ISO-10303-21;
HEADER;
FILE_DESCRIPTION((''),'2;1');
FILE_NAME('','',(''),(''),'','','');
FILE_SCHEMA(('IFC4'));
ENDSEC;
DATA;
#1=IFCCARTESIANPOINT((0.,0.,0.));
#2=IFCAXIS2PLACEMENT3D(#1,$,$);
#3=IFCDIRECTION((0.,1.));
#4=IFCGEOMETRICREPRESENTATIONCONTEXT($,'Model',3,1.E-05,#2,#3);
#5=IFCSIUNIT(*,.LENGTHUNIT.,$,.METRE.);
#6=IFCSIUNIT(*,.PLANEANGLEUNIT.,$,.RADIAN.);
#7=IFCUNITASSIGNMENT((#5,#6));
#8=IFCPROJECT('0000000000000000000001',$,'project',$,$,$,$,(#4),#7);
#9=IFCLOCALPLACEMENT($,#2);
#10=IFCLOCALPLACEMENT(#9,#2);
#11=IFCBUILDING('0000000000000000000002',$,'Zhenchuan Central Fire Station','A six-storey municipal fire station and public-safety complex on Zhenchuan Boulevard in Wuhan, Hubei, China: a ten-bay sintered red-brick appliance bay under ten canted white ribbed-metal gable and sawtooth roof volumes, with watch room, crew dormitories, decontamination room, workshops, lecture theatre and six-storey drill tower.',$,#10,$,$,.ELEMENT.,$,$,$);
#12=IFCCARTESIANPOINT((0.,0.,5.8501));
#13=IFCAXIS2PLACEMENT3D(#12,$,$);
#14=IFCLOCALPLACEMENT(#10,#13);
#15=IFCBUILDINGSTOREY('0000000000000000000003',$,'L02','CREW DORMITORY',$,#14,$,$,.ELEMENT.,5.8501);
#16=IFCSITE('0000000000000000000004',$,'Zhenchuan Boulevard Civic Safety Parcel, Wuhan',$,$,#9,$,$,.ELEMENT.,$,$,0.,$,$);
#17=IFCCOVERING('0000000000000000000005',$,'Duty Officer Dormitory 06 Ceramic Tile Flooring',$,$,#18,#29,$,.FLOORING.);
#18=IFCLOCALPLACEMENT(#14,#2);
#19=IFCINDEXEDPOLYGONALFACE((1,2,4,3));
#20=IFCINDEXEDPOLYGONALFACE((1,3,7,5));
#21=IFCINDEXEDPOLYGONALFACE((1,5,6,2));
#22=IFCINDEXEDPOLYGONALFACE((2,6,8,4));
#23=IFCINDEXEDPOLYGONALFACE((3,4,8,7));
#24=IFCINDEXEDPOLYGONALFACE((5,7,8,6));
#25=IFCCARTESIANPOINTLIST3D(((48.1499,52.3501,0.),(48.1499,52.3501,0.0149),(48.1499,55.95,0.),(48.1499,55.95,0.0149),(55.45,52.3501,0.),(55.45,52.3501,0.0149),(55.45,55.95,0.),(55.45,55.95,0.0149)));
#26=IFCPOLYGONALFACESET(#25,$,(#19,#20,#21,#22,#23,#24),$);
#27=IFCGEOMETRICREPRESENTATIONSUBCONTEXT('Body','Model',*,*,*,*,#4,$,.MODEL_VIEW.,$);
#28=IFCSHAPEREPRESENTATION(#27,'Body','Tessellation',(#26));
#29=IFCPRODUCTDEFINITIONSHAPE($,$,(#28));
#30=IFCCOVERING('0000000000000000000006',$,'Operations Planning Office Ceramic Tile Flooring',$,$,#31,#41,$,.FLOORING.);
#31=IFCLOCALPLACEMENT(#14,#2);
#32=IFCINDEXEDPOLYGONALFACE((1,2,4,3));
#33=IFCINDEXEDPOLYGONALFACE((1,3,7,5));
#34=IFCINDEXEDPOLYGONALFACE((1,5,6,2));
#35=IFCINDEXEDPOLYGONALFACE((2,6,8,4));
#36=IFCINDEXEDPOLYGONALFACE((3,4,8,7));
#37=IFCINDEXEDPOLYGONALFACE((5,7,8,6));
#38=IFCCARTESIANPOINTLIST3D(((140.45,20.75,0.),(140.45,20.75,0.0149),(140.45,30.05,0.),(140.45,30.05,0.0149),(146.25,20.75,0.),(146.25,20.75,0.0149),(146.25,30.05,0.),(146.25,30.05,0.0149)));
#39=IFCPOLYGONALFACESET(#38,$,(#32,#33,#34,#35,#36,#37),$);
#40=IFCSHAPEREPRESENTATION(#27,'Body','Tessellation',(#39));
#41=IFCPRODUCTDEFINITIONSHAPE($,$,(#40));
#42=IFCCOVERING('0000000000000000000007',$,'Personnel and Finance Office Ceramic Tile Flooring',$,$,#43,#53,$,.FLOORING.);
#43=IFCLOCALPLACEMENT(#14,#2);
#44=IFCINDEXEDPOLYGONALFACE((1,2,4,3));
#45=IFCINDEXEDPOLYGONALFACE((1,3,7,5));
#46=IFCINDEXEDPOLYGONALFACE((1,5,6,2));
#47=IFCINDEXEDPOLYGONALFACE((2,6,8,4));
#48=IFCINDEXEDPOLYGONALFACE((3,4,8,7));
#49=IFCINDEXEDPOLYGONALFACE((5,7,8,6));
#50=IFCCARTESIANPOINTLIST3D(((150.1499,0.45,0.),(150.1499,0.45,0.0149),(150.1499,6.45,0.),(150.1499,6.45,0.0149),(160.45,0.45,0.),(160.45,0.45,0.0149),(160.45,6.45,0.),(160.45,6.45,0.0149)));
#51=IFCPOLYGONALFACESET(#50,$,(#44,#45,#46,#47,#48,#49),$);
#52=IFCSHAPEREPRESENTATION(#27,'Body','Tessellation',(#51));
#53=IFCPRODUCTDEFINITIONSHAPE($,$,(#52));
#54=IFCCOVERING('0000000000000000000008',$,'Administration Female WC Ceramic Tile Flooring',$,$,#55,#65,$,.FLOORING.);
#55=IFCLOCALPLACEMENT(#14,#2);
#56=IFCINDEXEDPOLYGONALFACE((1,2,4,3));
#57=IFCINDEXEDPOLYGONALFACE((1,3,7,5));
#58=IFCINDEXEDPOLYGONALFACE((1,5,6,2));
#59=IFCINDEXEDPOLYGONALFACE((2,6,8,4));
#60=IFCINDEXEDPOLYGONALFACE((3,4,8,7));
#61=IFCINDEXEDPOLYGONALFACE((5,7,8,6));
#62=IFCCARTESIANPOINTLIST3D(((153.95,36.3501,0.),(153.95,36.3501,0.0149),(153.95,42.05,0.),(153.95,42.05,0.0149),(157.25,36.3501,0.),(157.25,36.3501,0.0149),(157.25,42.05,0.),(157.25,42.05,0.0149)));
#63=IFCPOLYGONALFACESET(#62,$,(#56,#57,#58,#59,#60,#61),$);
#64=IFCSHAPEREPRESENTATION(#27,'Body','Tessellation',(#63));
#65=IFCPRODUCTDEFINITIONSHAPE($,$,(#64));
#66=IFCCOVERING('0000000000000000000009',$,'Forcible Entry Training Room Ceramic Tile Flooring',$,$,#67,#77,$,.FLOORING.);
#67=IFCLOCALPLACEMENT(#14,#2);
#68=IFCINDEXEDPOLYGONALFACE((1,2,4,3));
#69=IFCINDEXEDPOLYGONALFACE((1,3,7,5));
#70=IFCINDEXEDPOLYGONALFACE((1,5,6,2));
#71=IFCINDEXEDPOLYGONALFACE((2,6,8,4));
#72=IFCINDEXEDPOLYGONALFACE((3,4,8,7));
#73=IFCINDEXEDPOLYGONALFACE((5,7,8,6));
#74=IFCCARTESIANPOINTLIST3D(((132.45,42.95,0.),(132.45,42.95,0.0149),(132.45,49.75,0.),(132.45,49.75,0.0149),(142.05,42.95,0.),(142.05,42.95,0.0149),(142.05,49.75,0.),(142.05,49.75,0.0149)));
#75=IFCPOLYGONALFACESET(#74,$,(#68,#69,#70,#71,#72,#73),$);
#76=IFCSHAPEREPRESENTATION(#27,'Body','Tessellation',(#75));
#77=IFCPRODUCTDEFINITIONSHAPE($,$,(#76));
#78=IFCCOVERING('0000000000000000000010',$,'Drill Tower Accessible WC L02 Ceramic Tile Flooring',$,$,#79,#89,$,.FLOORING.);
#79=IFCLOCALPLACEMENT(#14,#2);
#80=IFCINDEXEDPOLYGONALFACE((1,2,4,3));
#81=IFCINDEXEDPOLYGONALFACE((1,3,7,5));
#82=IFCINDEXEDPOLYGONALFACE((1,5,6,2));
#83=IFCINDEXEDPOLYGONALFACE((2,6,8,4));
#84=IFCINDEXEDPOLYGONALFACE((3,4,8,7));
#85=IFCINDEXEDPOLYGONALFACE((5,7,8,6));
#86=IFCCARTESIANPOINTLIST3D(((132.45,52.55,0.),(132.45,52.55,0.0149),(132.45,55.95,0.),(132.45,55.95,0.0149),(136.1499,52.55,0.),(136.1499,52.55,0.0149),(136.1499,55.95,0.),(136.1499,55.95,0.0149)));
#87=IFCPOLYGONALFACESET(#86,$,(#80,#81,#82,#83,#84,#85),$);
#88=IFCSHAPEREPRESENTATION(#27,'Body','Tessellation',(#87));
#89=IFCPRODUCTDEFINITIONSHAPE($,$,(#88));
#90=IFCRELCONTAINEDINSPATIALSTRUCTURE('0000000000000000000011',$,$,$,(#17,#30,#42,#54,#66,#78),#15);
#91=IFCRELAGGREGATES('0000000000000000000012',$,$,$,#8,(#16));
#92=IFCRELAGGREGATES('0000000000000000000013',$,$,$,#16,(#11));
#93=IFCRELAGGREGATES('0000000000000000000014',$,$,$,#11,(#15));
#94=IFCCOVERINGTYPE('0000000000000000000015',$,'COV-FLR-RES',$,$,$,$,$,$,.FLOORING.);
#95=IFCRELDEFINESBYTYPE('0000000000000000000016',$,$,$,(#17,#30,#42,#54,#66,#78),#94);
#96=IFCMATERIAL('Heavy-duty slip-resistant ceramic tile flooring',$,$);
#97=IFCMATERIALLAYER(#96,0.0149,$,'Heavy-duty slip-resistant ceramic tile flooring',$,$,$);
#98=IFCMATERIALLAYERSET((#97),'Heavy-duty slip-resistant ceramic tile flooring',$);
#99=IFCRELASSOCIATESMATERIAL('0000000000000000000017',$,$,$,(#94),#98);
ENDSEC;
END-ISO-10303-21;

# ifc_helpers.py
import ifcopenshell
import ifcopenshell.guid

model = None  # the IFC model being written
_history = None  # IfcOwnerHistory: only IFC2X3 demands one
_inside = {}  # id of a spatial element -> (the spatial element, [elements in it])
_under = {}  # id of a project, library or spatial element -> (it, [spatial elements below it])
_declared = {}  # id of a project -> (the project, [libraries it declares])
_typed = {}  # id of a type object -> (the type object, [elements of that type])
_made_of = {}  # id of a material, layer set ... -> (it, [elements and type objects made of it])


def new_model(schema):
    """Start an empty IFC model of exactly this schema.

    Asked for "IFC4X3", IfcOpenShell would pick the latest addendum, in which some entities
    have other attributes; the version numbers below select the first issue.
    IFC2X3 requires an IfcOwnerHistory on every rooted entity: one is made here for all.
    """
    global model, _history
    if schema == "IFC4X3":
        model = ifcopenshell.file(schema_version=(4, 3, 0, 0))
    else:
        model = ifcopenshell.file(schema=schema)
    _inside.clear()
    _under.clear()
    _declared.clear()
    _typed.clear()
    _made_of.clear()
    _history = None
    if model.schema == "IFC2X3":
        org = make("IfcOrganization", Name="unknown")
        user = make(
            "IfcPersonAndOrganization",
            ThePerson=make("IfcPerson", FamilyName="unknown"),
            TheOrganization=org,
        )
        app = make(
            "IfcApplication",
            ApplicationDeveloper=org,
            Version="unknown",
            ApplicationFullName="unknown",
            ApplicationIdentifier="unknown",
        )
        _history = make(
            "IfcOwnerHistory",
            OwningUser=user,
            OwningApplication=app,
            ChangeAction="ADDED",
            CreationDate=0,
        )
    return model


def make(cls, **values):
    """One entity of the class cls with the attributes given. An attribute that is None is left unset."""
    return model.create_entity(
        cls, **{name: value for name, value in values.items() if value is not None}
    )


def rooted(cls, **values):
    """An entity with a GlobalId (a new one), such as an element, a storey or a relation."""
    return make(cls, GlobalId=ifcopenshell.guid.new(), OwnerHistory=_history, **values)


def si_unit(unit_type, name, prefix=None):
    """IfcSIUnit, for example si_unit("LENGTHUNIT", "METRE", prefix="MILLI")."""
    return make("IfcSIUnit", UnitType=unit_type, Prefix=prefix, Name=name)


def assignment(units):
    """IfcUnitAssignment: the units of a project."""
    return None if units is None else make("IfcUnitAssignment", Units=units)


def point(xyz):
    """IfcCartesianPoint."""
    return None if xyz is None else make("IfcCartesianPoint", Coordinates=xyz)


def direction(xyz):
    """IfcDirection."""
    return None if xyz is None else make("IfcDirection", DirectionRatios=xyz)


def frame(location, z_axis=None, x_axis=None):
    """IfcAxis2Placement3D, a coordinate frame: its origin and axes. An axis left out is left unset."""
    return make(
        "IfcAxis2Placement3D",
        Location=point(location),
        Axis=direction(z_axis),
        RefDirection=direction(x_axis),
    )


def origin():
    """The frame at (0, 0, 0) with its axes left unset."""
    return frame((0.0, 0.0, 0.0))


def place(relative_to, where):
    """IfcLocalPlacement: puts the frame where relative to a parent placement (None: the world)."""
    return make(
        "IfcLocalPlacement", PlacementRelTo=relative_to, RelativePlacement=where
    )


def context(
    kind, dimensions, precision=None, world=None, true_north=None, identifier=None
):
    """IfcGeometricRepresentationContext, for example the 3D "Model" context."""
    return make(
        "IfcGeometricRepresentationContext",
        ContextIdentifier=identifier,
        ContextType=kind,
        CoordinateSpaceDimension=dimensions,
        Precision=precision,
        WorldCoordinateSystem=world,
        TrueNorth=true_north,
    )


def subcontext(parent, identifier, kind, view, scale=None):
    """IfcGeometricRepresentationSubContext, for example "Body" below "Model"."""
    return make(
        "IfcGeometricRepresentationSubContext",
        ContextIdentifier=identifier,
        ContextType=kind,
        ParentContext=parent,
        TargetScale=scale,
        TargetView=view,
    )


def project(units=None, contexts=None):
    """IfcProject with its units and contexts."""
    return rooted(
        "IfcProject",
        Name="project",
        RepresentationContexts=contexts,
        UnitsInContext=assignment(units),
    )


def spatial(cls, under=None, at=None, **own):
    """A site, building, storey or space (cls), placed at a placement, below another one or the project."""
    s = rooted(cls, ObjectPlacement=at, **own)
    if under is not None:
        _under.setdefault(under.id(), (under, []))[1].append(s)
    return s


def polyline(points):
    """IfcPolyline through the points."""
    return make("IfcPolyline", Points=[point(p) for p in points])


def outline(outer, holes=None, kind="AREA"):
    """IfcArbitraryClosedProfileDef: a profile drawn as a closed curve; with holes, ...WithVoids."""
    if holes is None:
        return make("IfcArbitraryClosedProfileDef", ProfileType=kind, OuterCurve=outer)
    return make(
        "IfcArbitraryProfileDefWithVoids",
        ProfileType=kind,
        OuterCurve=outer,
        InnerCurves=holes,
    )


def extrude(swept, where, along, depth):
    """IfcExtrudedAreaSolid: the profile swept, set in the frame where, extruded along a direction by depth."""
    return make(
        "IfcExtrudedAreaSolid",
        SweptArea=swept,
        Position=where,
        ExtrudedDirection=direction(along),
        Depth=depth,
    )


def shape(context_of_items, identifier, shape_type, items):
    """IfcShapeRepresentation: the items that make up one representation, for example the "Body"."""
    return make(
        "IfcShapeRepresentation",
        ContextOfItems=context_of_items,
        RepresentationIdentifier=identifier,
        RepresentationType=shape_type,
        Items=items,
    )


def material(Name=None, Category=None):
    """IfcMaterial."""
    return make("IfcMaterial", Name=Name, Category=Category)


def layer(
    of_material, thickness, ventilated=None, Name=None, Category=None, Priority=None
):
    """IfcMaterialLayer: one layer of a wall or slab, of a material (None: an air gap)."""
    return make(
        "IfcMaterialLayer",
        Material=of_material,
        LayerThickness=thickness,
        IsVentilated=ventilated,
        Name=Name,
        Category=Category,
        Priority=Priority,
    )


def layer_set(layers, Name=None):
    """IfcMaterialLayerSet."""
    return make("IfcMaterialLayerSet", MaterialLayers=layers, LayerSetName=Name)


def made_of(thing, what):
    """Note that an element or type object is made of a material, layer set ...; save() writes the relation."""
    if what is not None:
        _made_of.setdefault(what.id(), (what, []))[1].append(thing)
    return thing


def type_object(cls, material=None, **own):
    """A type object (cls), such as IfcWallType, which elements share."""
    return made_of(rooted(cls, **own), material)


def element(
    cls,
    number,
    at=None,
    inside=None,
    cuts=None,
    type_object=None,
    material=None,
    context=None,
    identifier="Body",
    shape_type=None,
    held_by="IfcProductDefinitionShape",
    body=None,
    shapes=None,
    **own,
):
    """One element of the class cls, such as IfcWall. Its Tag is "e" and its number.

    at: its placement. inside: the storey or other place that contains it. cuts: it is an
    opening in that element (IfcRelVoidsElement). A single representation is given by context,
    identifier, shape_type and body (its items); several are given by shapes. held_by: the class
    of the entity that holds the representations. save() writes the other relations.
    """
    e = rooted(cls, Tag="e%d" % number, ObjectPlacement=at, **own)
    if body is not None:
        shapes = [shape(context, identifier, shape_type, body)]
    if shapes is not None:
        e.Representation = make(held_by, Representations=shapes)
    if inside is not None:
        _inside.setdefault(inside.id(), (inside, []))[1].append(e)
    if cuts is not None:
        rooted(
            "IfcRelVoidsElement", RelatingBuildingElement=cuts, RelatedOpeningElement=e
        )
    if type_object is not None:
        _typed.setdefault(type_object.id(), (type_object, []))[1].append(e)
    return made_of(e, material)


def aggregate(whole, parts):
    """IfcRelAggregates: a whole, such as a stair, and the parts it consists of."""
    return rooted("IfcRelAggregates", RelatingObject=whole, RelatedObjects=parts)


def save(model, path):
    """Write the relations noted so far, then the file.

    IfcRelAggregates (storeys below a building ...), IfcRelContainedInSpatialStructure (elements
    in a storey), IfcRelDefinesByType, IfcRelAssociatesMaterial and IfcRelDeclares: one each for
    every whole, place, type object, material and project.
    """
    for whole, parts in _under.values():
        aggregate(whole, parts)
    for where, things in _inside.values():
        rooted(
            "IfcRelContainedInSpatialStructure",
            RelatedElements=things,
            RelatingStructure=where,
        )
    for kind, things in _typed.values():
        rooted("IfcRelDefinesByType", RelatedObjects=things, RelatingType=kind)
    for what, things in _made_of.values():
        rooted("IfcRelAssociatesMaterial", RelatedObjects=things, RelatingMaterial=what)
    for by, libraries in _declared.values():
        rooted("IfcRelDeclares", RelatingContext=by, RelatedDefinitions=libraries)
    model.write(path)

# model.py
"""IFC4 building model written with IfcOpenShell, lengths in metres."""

from ifc_helpers import new_model, si_unit, direction, frame, origin, place, context, subcontext, project, spatial, polyline, outline, extrude, material, layer, layer_set, type_object, element, save


model = new_model("IFC4")

# Units and contexts
model_context = context("Model", 3, precision=1e-05, world=origin(), true_north=direction((0.0, 1.0)))
body_context = subcontext(model_context, "Body", "Model", "MODEL_VIEW")
ifc_project = project(units=[si_unit("LENGTHUNIT", "METRE"), si_unit("PLANEANGLEUNIT", "RADIAN")], contexts=[model_context])

# Site, building, storey
site_placement = place(None, origin())
site = spatial("IfcSite", under=ifc_project, at=site_placement, Name="Zhenchuan Boulevard Civic Safety Parcel, Wuhan", CompositionType="ELEMENT", RefElevation=0.0)
building_placement = place(site_placement, origin())
building = spatial("IfcBuilding", under=site, at=building_placement, Name="Zhenchuan Central Fire Station", Description="A six-storey municipal fire station and public-safety complex on Zhenchuan Boulevard in Wuhan, Hubei, China: a ten-bay sintered red-brick appliance bay under ten canted white ribbed-metal gable and sawtooth roof volumes, with watch room, crew dormitories, decontamination room, workshops, lecture theatre and six-storey drill tower.", CompositionType="ELEMENT")
storey_placement = place(building_placement, frame((0.0, 0.0, 5.8501)))
storey = spatial("IfcBuildingStorey", under=building, at=storey_placement, Name="L02", Description="CREW DORMITORY", CompositionType="ELEMENT", Elevation=5.8501)

# Coverings
ifc_material_1 = material(Name="Heavy-duty slip-resistant ceramic tile flooring")
ifc_layer_1 = layer(ifc_material_1, 0.0149, Name="Heavy-duty slip-resistant ceramic tile flooring")
ifc_layer_set_1 = layer_set([ifc_layer_1], Name="Heavy-duty slip-resistant ceramic tile flooring")
covering_type_1 = type_object("IfcCoveringType", Name="COV-FLR-RES", PredefinedType="FLOORING", material=ifc_layer_set_1)
covering_1_placement = place(storey_placement, origin())
element("IfcCovering", 1, at=covering_1_placement, inside=storey, type_object=covering_type_1, Name="Duty Officer Dormitory 06 Ceramic Tile Flooring", PredefinedType="FLOORING", context=body_context, shape_type="SweptSolid", body=[
    extrude(outline(polyline([(48.1499, 52.3501), (55.45, 52.3501), (55.45, 55.95), (48.1499, 55.95), (48.1499, 52.3501)])), origin(), (0.0, 0.0, 1.0), 0.0149),
])
covering_2_placement = place(storey_placement, origin())
element("IfcCovering", 2, at=covering_2_placement, inside=storey, type_object=covering_type_1, Name="Operations Planning Office Ceramic Tile Flooring", PredefinedType="FLOORING", context=body_context, shape_type="SweptSolid", body=[
    extrude(outline(polyline([(140.45, 20.75), (146.25, 20.75), (146.25, 30.05), (140.45, 30.05), (140.45, 20.75)])), origin(), (0.0, 0.0, 1.0), 0.0149),
])
covering_3_placement = place(storey_placement, origin())
element("IfcCovering", 3, at=covering_3_placement, inside=storey, type_object=covering_type_1, Name="Personnel and Finance Office Ceramic Tile Flooring", PredefinedType="FLOORING", context=body_context, shape_type="SweptSolid", body=[
    extrude(outline(polyline([(150.1499, 0.45), (160.45, 0.45), (160.45, 6.45), (150.1499, 6.45), (150.1499, 0.45)])), origin(), (0.0, 0.0, 1.0), 0.0149),
])
covering_4_placement = place(storey_placement, origin())
element("IfcCovering", 4, at=covering_4_placement, inside=storey, type_object=covering_type_1, Name="Administration Female WC Ceramic Tile Flooring", PredefinedType="FLOORING", context=body_context, shape_type="SweptSolid", body=[
    extrude(outline(polyline([(153.95, 36.3501), (157.25, 36.3501), (157.25, 42.05), (153.95, 42.05), (153.95, 36.3501)])), origin(), (0.0, 0.0, 1.0), 0.0149),
])
covering_5_placement = place(storey_placement, origin())
element("IfcCovering", 5, at=covering_5_placement, inside=storey, type_object=covering_type_1, Name="Forcible Entry Training Room Ceramic Tile Flooring", PredefinedType="FLOORING", context=body_context, shape_type="SweptSolid", body=[
    extrude(outline(polyline([(132.45, 42.95), (142.05, 42.95), (142.05, 49.75), (132.45, 49.75), (132.45, 42.95)])), origin(), (0.0, 0.0, 1.0), 0.0149),
])
covering_6_placement = place(storey_placement, origin())
element("IfcCovering", 6, at=covering_6_placement, inside=storey, type_object=covering_type_1, Name="Drill Tower Accessible WC L02 Ceramic Tile Flooring", PredefinedType="FLOORING", context=body_context, shape_type="SweptSolid", body=[
    extrude(outline(polyline([(132.45, 52.55), (136.1499, 52.55), (136.1499, 55.95), (132.45, 55.95), (132.45, 52.55)])), origin(), (0.0, 0.0, 1.0), 0.0149),
])

save(model, "model.ifc")
